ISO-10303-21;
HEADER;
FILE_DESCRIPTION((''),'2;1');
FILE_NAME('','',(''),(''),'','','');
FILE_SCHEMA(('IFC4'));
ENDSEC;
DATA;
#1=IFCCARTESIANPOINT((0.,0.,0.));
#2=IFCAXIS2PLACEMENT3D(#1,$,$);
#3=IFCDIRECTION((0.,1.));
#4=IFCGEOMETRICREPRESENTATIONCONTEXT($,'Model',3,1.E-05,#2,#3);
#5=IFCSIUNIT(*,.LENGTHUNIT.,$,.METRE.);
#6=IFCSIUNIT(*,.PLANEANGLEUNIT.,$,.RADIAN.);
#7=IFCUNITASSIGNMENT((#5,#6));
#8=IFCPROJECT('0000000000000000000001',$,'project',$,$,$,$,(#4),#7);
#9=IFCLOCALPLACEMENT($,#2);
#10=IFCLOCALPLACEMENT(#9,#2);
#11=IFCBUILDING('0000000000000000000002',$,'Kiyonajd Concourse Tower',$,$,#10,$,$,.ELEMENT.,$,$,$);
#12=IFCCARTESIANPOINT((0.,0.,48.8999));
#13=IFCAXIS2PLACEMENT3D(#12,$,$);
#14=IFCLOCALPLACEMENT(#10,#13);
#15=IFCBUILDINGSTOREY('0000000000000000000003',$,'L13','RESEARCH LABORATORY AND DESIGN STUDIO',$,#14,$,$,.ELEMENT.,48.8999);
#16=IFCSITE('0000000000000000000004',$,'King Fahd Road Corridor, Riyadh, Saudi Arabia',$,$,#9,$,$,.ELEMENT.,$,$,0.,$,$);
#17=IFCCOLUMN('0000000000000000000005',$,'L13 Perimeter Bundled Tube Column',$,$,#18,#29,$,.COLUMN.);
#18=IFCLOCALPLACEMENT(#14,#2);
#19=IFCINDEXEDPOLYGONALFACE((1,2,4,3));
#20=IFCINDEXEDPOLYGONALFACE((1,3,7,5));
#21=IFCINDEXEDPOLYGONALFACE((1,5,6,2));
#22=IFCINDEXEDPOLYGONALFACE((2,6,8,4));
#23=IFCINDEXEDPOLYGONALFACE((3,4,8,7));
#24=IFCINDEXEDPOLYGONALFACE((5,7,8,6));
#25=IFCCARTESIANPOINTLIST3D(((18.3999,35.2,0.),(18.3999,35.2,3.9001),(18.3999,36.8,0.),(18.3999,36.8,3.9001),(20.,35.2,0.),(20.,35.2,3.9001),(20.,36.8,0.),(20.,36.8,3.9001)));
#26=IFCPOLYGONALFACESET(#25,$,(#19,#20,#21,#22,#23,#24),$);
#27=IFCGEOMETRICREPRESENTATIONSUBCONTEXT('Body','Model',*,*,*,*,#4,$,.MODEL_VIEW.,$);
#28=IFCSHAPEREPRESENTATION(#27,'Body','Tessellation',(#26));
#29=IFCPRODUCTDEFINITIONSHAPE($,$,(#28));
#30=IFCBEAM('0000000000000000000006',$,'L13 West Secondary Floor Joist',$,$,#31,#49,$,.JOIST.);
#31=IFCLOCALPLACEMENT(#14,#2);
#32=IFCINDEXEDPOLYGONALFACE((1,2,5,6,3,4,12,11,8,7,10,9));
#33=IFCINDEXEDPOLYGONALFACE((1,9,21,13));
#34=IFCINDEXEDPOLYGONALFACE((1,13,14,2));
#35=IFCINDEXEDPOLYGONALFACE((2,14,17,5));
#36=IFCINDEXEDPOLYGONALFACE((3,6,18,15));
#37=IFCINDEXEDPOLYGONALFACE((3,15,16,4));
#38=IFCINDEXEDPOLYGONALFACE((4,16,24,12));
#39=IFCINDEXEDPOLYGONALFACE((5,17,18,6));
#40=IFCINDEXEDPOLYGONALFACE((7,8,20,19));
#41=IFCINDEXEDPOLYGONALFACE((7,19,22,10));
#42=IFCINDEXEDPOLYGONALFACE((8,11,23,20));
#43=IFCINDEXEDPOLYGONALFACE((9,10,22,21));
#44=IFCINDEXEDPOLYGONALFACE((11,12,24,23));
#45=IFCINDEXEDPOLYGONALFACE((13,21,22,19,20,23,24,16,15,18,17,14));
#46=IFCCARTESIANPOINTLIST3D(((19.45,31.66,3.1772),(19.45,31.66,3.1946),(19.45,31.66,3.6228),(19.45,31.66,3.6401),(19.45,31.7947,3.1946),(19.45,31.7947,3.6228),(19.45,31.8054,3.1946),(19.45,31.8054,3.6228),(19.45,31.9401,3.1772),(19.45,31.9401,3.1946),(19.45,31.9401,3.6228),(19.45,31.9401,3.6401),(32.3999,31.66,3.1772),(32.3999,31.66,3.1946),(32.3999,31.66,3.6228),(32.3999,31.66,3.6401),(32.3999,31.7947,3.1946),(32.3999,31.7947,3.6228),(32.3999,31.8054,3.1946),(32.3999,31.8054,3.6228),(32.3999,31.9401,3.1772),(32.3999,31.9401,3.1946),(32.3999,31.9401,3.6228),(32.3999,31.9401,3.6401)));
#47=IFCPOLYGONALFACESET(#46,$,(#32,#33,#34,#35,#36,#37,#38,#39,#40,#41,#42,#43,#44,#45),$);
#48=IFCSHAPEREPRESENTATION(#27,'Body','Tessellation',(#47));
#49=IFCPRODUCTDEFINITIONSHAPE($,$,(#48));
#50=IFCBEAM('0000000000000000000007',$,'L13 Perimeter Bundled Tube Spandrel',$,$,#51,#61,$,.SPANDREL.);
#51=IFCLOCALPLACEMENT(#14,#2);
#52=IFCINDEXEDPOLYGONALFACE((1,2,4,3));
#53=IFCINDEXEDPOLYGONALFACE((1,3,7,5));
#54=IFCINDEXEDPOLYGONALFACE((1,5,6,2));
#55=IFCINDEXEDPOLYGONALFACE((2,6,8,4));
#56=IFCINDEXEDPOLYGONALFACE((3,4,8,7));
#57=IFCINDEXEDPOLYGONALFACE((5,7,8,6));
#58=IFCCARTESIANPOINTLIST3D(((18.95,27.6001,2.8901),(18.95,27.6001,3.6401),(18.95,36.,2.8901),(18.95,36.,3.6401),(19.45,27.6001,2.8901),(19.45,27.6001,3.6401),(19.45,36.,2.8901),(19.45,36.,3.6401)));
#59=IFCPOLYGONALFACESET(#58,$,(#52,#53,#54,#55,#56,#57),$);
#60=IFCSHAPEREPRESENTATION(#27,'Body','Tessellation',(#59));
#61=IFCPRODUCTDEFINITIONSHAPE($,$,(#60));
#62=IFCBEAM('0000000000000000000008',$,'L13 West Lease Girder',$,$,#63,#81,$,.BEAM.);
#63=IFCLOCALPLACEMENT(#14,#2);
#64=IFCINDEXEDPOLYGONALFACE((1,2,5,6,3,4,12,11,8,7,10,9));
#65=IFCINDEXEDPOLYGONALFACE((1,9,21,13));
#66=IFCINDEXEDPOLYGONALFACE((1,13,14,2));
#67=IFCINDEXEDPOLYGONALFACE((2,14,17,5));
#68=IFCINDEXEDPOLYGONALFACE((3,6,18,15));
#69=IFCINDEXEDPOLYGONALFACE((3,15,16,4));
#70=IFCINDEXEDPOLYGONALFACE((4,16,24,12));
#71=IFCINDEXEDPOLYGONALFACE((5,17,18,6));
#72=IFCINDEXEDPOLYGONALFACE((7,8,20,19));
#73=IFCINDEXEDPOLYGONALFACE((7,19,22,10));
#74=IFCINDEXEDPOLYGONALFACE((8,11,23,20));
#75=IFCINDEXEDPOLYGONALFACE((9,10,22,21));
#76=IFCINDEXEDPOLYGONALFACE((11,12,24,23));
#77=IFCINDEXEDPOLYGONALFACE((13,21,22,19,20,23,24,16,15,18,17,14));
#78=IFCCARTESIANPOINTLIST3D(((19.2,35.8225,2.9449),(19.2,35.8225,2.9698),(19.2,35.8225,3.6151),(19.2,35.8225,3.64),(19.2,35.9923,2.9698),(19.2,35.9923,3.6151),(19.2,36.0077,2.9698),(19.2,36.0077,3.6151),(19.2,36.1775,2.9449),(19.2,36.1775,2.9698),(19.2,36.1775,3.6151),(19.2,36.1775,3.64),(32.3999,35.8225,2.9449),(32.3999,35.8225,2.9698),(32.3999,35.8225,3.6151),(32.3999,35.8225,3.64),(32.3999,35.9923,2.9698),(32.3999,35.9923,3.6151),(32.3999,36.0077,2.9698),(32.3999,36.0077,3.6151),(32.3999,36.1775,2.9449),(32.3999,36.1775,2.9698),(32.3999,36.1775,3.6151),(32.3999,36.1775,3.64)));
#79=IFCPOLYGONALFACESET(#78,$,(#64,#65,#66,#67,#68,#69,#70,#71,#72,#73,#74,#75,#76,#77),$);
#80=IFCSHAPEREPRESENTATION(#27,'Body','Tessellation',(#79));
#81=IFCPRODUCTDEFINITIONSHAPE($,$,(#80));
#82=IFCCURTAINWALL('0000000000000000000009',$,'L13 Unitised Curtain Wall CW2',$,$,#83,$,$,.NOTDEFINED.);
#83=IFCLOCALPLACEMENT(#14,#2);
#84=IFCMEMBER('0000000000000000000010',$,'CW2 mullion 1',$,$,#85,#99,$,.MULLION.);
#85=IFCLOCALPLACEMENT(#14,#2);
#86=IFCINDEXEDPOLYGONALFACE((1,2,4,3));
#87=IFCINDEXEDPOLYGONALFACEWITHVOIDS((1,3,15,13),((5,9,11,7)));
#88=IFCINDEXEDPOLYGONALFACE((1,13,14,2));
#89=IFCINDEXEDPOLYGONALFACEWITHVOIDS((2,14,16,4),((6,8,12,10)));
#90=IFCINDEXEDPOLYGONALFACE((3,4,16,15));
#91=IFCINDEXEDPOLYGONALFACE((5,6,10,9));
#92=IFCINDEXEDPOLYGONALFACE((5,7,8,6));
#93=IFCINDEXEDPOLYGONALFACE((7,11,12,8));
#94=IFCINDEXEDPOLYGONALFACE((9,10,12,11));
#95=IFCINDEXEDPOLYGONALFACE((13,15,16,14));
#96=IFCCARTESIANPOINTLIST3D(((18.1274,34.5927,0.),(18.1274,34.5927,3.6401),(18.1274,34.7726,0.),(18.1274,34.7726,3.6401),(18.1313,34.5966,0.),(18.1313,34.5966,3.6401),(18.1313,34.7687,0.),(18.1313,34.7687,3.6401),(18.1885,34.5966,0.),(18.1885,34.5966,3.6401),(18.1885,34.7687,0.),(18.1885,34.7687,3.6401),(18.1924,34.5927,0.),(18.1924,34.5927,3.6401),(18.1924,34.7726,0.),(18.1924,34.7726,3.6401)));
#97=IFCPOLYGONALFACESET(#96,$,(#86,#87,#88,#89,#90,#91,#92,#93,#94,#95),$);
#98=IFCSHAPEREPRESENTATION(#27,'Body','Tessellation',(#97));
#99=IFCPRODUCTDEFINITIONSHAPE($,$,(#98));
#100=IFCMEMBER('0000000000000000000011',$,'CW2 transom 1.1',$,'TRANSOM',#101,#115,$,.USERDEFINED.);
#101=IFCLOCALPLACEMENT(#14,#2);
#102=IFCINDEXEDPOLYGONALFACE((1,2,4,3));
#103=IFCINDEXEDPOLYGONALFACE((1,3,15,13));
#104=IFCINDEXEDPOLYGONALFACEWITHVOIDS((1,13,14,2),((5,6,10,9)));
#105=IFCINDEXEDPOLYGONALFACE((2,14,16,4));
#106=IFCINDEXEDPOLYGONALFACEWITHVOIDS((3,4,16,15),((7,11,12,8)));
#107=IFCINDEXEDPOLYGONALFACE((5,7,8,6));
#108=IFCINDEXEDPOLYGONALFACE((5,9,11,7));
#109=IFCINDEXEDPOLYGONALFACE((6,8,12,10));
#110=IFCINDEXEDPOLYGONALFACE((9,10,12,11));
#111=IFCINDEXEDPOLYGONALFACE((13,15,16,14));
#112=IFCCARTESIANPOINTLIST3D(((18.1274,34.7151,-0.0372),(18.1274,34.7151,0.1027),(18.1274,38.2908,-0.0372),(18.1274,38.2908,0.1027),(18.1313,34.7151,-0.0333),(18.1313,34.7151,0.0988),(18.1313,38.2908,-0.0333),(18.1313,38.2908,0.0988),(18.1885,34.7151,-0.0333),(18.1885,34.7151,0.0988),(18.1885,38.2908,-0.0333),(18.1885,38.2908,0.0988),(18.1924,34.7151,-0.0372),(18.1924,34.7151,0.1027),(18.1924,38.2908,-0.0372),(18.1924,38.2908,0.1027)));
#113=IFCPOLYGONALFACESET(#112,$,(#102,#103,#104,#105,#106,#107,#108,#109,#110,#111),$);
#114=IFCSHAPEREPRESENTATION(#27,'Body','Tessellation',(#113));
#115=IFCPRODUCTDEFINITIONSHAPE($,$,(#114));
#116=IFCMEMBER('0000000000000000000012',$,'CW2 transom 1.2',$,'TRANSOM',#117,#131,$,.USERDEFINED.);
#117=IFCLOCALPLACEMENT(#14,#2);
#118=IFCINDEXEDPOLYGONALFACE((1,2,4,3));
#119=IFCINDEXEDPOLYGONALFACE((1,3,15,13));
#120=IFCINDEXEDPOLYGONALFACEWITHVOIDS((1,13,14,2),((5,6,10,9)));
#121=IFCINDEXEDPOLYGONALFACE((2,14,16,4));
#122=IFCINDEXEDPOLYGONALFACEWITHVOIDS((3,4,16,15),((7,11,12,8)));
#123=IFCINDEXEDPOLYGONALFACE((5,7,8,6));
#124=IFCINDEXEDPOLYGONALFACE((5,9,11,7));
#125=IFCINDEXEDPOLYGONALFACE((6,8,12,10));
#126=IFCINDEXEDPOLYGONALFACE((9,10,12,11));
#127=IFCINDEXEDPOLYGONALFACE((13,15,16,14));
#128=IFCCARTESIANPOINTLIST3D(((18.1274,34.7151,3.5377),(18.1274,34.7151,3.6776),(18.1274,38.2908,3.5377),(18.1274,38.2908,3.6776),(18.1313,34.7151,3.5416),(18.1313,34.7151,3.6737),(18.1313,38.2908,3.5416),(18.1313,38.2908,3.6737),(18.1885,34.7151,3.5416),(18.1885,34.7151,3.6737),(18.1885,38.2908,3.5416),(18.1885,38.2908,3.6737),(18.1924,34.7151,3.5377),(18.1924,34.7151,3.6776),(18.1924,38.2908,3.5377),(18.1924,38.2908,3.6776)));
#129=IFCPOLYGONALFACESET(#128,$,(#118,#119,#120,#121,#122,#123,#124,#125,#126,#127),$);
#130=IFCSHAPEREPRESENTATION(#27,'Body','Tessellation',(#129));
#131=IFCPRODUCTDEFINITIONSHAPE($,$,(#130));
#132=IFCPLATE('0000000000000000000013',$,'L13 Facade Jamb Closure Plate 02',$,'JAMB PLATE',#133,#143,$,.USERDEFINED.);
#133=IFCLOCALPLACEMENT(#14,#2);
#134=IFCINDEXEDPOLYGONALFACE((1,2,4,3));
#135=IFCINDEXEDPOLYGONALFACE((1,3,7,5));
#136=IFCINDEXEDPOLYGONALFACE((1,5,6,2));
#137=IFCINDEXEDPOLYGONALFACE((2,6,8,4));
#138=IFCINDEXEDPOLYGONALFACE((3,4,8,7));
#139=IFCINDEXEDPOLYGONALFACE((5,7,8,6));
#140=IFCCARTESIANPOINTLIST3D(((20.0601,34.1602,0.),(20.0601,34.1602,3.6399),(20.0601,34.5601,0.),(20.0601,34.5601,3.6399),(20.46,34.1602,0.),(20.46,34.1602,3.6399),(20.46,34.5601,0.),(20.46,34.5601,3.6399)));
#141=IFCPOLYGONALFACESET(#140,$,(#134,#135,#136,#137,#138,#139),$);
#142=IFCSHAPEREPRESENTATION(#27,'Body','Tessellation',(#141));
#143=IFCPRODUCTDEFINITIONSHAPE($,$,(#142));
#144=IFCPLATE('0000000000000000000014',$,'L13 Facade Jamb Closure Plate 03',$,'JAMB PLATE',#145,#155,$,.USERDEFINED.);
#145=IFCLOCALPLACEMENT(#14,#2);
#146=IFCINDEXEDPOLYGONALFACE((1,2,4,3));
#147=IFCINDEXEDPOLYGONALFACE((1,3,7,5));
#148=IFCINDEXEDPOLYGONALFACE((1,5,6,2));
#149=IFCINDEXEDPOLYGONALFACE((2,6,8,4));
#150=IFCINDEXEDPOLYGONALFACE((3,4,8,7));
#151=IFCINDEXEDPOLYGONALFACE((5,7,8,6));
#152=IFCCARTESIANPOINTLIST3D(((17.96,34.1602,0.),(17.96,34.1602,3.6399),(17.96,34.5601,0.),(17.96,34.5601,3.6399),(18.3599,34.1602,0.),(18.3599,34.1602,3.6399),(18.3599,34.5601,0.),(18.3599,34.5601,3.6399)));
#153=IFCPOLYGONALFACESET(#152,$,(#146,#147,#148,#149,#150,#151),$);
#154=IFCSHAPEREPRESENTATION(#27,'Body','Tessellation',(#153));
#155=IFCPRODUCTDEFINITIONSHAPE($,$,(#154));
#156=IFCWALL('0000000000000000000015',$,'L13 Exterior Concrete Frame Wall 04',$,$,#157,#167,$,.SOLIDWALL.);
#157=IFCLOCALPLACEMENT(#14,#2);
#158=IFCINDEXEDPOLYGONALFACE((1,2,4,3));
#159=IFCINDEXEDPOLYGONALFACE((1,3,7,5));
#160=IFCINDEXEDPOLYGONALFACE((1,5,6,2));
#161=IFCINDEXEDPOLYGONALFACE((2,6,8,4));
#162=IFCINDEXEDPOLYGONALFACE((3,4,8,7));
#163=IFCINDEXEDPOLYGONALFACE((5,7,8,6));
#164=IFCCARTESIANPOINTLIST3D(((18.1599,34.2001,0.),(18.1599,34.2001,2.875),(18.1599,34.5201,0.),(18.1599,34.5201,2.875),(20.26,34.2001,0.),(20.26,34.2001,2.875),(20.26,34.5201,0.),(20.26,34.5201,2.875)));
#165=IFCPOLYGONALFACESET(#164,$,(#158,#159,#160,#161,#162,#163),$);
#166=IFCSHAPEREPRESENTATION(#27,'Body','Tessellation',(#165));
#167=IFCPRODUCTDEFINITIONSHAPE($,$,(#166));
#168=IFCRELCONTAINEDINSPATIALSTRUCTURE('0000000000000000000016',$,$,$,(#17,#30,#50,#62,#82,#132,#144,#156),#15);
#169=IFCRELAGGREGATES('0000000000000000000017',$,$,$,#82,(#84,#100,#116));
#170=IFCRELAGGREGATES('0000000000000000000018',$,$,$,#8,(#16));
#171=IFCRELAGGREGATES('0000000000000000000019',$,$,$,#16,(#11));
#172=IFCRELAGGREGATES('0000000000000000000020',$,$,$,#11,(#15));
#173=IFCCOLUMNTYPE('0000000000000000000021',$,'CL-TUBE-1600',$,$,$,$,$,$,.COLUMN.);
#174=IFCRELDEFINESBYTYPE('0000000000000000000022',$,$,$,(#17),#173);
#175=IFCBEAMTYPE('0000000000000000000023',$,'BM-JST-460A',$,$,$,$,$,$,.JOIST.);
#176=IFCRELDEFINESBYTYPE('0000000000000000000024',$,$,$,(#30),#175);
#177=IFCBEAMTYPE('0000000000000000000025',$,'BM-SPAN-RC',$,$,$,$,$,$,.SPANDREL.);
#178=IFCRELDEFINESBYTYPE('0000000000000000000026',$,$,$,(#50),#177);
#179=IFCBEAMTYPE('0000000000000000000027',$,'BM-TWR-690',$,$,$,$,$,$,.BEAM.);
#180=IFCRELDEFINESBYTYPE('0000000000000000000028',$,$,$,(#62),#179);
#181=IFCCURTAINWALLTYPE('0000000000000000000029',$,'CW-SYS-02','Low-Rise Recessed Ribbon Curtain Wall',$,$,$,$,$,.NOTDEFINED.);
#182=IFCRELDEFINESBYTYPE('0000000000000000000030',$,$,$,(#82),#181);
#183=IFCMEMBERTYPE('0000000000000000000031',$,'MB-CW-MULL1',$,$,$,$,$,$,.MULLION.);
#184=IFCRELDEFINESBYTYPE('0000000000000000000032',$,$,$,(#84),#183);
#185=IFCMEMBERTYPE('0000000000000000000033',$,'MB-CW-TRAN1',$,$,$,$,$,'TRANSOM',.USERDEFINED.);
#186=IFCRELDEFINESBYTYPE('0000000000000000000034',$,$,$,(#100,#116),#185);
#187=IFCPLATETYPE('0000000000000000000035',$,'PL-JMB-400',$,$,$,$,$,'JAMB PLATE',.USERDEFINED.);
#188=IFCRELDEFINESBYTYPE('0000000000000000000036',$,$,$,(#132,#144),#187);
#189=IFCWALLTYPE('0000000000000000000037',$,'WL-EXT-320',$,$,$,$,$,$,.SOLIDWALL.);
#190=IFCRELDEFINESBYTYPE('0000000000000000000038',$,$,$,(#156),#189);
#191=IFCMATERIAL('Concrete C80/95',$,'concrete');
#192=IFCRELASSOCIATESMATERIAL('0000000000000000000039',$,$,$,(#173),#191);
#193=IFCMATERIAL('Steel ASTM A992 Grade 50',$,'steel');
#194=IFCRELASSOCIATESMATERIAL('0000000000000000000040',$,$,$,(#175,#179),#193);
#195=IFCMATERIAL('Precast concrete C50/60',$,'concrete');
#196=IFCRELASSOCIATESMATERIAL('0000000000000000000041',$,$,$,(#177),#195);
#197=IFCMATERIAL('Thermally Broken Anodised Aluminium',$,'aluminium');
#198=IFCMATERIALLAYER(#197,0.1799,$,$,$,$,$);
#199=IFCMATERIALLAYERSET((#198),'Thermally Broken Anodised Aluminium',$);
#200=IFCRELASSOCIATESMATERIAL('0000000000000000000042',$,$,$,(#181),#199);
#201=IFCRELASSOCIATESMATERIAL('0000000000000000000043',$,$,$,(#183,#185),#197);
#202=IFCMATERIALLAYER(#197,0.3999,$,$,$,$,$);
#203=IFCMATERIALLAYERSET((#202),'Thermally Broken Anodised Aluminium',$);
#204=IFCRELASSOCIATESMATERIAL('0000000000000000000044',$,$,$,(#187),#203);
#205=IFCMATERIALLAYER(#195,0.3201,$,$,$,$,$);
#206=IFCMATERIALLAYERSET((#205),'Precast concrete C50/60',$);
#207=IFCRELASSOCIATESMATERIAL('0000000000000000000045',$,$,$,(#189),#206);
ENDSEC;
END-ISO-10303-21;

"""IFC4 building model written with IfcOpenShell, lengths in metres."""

from ifc_helpers import new_model, si_unit, direction, frame, frame_2d, origin, origin_2d, place, context, subcontext, project, spatial, rectangle, hollow_rectangle, i_section, extrude, material, layer, layer_set, material_profile, profile_set, type_object, element, aggregate, save


model = new_model("IFC4")

# Units and contexts
model_context = context("Model", 3, precision=1e-05, world=origin(), true_north=direction((0.0, 1.0)))
body_context = subcontext(model_context, "Body", "Model", "MODEL_VIEW")
ifc_project = project(units=[si_unit("LENGTHUNIT", "METRE"), si_unit("PLANEANGLEUNIT", "RADIAN")], contexts=[model_context])

# Site, building, storey
site_placement = place(None, origin())
site = spatial("IfcSite", under=ifc_project, at=site_placement, Name="King Fahd Road Corridor, Riyadh, Saudi Arabia", CompositionType="ELEMENT", RefElevation=0.0)
building_placement = place(site_placement, origin())
building = spatial("IfcBuilding", under=site, at=building_placement, Name="Kiyonajd Concourse Tower", CompositionType="ELEMENT")
storey_placement = place(building_placement, frame((0.0, 0.0, 48.8999)))
storey = spatial("IfcBuildingStorey", under=building, at=storey_placement, Name="L13", Description="RESEARCH LABORATORY AND DESIGN STUDIO", CompositionType="ELEMENT", Elevation=48.8999)

# Column
ifc_material_1 = material(Name="Concrete C80/95", Category="concrete")
ifc_material_profile_1 = material_profile(ifc_material_1, rectangle(XDim=1.6001, YDim=1.6001, at=origin_2d()), Name="RC-1600x1600")
ifc_profile_set_1 = profile_set([ifc_material_profile_1], Name="Concrete C80/95")
column_type = type_object("IfcColumnType", Name="CL-TUBE-1600", PredefinedType="COLUMN", material=ifc_profile_set_1)
column_placement = place(storey_placement, frame((19.2, 36.0, 0.0), z_axis=(0.0, 0.0, 1.0), x_axis=(1.0, 0.0, 0.0)))
element("IfcColumn", 1, at=column_placement, inside=storey, type_object=column_type, Name="L13 Perimeter Bundled Tube Column", PredefinedType="COLUMN", context=body_context, shape_type="SweptSolid", body=[
    extrude(rectangle(XDim=1.6001, YDim=1.6001, at=origin_2d()), origin(), (0.0, 0.0, 1.0), 3.9001),
])

# Beams
ifc_material_2 = material(Name="Steel ASTM A992 Grade 50", Category="steel")
ifc_material_profile_2 = material_profile(ifc_material_2, i_section(OverallWidth=0.28, OverallDepth=0.4629, WebThickness=0.0107, FlangeThickness=0.0173, at=origin_2d()), Name="W460X113")
ifc_profile_set_2 = profile_set([ifc_material_profile_2], Name="Steel ASTM A992 Grade 50")
beam_type_1 = type_object("IfcBeamType", Name="BM-JST-460A", PredefinedType="JOIST", material=ifc_profile_set_2)
beam_1_placement = place(storey_placement, frame((19.45, 31.8, 3.4087), z_axis=(1.0, 0.0, 0.0), x_axis=(0.0, 1.0, 0.0)))
element("IfcBeam", 2, at=beam_1_placement, inside=storey, type_object=beam_type_1, Name="L13 West Secondary Floor Joist", PredefinedType="JOIST", context=body_context, shape_type="SweptSolid", body=[
    extrude(i_section(OverallWidth=0.28, OverallDepth=0.4629, WebThickness=0.0107, FlangeThickness=0.0173, at=origin_2d()), origin(), (0.0, 0.0, 1.0), 12.95),
])
ifc_material_3 = material(Name="Precast concrete C50/60", Category="concrete")
ifc_material_profile_3 = material_profile(ifc_material_3, rectangle(XDim=0.5, YDim=0.75, at=origin_2d()), Name="RCBM-500x750")
ifc_profile_set_3 = profile_set([ifc_material_profile_3], Name="Precast concrete C50/60")
beam_type_2 = type_object("IfcBeamType", Name="BM-SPAN-RC", PredefinedType="SPANDREL", material=ifc_profile_set_3)
beam_2_placement = place(storey_placement, frame((19.2, 36.0, 3.2651), z_axis=(0.0, -1.0, 0.0), x_axis=(1.0, 0.0, 0.0)))
element("IfcBeam", 3, at=beam_2_placement, inside=storey, type_object=beam_type_2, Name="L13 Perimeter Bundled Tube Spandrel", PredefinedType="SPANDREL", context=body_context, shape_type="SweptSolid", body=[
    extrude(rectangle(XDim=0.5, YDim=0.75, at=origin_2d()), origin(), (0.0, 0.0, 1.0), 8.3999),
])
ifc_material_profile_4 = material_profile(ifc_material_2, i_section(OverallWidth=0.355, OverallDepth=0.6951, WebThickness=0.0154, FlangeThickness=0.0249, at=origin_2d()), Name="W690X217")
ifc_profile_set_4 = profile_set([ifc_material_profile_4], Name="Steel ASTM A992 Grade 50")
beam_type_3 = type_object("IfcBeamType", Name="BM-TWR-690", PredefinedType="BEAM", material=ifc_profile_set_4)
beam_3_placement = place(storey_placement, frame((19.2, 36.0, 3.2925), z_axis=(1.0, 0.0, 0.0), x_axis=(0.0, 1.0, 0.0)))
element("IfcBeam", 4, at=beam_3_placement, inside=storey, type_object=beam_type_3, Name="L13 West Lease Girder", PredefinedType="BEAM", context=body_context, shape_type="SweptSolid", body=[
    extrude(i_section(OverallWidth=0.355, OverallDepth=0.6951, WebThickness=0.0154, FlangeThickness=0.0249, at=origin_2d()), origin(), (0.0, 0.0, 1.0), 13.2),
])

# Curtain wall, members
ifc_material_4 = material(Name="Thermally Broken Anodised Aluminium", Category="aluminium")
ifc_layer_1 = layer(ifc_material_4, 0.1799)
ifc_layer_set_1 = layer_set([ifc_layer_1], Name="Thermally Broken Anodised Aluminium")
curtain_wall_type = type_object("IfcCurtainWallType", Name="CW-SYS-02", Description="Low-Rise Recessed Ribbon Curtain Wall", PredefinedType="NOTDEFINED", material=ifc_layer_set_1)
curtain_wall_placement = place(storey_placement, origin())
curtain_wall = element("IfcCurtainWall", 5, at=curtain_wall_placement, inside=storey, type_object=curtain_wall_type, Name="L13 Unitised Curtain Wall CW2", PredefinedType="NOTDEFINED")
ifc_material_profile_5 = material_profile(ifc_material_4, hollow_rectangle(XDim=0.0649, YDim=0.1799, WallThickness=0.0039, at=origin_2d()), Name="MULL-65x180")
ifc_profile_set_5 = profile_set([ifc_material_profile_5], Name="Thermally Broken Anodised Aluminium")
member_type_1 = type_object("IfcMemberType", Name="MB-CW-MULL1", PredefinedType="MULLION", material=ifc_profile_set_5)
member_1_placement = place(storey_placement, frame((18.1599, 34.6826, 0.0), z_axis=(0.0, 0.0, 1.0), x_axis=(-1.0, 0.0, 0.0)))
member_1 = element("IfcMember", 6, at=member_1_placement, type_object=member_type_1, Name="CW2 mullion 1", PredefinedType="MULLION", context=body_context, shape_type="SweptSolid", body=[
    extrude(hollow_rectangle(XDim=0.0649, YDim=0.1799, WallThickness=0.0039, at=origin_2d()), origin(), (0.0, 0.0, 1.0), 3.6401),
])
ifc_material_profile_6 = material_profile(ifc_material_4, hollow_rectangle(XDim=0.0649, YDim=0.1399, WallThickness=0.0039, at=origin_2d()), Name="TRAN-65x140")
ifc_profile_set_6 = profile_set([ifc_material_profile_6], Name="Thermally Broken Anodised Aluminium")
member_type_2 = type_object("IfcMemberType", Name="MB-CW-TRAN1", ElementType="TRANSOM", PredefinedType="USERDEFINED", material=ifc_profile_set_6)
member_2_placement = place(storey_placement, frame((18.1599, 34.7151, 0.0327), z_axis=(0.0, 1.0, 0.0), x_axis=(-1.0, 0.0, 0.0)))
member_2 = element("IfcMember", 7, at=member_2_placement, type_object=member_type_2, Name="CW2 transom 1.1", ObjectType="TRANSOM", PredefinedType="USERDEFINED", context=body_context, shape_type="SweptSolid", body=[
    extrude(hollow_rectangle(XDim=0.0649, YDim=0.1399, WallThickness=0.0039, at=origin_2d()), origin(), (0.0, 0.0, 1.0), 3.5757),
])
member_3_placement = place(storey_placement, frame((18.1599, 34.7151, 3.6077), z_axis=(0.0, 1.0, 0.0), x_axis=(-1.0, 0.0, 0.0)))
member_3 = element("IfcMember", 8, at=member_3_placement, type_object=member_type_2, Name="CW2 transom 1.2", ObjectType="TRANSOM", PredefinedType="USERDEFINED", context=body_context, shape_type="SweptSolid", body=[
    extrude(hollow_rectangle(XDim=0.0649, YDim=0.1399, WallThickness=0.0039, at=origin_2d()), origin(), (0.0, 0.0, 1.0), 3.5757),
])
aggregate(curtain_wall, [member_1, member_2, member_3])

# Plates
ifc_layer_2 = layer(ifc_material_4, 0.3999)
ifc_layer_set_2 = layer_set([ifc_layer_2], Name="Thermally Broken Anodised Aluminium")
plate_type = type_object("IfcPlateType", Name="PL-JMB-400", ElementType="JAMB PLATE", PredefinedType="USERDEFINED", material=ifc_layer_set_2)
for number, where, z_axis, x_axis, name in (
    (9, (20.26, 34.3601, 0.0), (0.0, 0.0, 1.0), (1.0, 0.0, 0.0), "L13 Facade Jamb Closure Plate 02"),
    (10, (18.1599, 34.3601, 0.0), (0.0, 0.0, 1.0), (1.0, 0.0, 0.0), "L13 Facade Jamb Closure Plate 03"),
):
    element("IfcPlate", number, at=place(storey_placement, frame(where, z_axis=z_axis, x_axis=x_axis)), inside=storey, type_object=plate_type, Name=name, ObjectType="JAMB PLATE", PredefinedType="USERDEFINED", context=body_context, shape_type="SweptSolid", body=[
        extrude(rectangle(XDim=0.3999, YDim=0.3999, at=origin_2d()), origin(), (0.0, 0.0, 1.0), 3.6399),
    ])

# Wall
ifc_layer_3 = layer(ifc_material_3, 0.3201)
ifc_layer_set_3 = layer_set([ifc_layer_3], Name="Precast concrete C50/60")
wall_type = type_object("IfcWallType", Name="WL-EXT-320", PredefinedType="SOLIDWALL", material=ifc_layer_set_3)
wall_placement = place(storey_placement, frame((20.26, 34.3601, 0.0), z_axis=(0.0, 0.0, 1.0), x_axis=(-1.0, 0.0, 0.0)))
element("IfcWall", 11, at=wall_placement, inside=storey, type_object=wall_type, Name="L13 Exterior Concrete Frame Wall 04", PredefinedType="SOLIDWALL", context=body_context, shape_type="SweptSolid", body=[
    extrude(rectangle(XDim=2.1001, YDim=0.3201, at=frame_2d((1.05, 0.0))), origin(), (0.0, 0.0, 1.0), 2.875),
])

save(model, "model.ifc")
